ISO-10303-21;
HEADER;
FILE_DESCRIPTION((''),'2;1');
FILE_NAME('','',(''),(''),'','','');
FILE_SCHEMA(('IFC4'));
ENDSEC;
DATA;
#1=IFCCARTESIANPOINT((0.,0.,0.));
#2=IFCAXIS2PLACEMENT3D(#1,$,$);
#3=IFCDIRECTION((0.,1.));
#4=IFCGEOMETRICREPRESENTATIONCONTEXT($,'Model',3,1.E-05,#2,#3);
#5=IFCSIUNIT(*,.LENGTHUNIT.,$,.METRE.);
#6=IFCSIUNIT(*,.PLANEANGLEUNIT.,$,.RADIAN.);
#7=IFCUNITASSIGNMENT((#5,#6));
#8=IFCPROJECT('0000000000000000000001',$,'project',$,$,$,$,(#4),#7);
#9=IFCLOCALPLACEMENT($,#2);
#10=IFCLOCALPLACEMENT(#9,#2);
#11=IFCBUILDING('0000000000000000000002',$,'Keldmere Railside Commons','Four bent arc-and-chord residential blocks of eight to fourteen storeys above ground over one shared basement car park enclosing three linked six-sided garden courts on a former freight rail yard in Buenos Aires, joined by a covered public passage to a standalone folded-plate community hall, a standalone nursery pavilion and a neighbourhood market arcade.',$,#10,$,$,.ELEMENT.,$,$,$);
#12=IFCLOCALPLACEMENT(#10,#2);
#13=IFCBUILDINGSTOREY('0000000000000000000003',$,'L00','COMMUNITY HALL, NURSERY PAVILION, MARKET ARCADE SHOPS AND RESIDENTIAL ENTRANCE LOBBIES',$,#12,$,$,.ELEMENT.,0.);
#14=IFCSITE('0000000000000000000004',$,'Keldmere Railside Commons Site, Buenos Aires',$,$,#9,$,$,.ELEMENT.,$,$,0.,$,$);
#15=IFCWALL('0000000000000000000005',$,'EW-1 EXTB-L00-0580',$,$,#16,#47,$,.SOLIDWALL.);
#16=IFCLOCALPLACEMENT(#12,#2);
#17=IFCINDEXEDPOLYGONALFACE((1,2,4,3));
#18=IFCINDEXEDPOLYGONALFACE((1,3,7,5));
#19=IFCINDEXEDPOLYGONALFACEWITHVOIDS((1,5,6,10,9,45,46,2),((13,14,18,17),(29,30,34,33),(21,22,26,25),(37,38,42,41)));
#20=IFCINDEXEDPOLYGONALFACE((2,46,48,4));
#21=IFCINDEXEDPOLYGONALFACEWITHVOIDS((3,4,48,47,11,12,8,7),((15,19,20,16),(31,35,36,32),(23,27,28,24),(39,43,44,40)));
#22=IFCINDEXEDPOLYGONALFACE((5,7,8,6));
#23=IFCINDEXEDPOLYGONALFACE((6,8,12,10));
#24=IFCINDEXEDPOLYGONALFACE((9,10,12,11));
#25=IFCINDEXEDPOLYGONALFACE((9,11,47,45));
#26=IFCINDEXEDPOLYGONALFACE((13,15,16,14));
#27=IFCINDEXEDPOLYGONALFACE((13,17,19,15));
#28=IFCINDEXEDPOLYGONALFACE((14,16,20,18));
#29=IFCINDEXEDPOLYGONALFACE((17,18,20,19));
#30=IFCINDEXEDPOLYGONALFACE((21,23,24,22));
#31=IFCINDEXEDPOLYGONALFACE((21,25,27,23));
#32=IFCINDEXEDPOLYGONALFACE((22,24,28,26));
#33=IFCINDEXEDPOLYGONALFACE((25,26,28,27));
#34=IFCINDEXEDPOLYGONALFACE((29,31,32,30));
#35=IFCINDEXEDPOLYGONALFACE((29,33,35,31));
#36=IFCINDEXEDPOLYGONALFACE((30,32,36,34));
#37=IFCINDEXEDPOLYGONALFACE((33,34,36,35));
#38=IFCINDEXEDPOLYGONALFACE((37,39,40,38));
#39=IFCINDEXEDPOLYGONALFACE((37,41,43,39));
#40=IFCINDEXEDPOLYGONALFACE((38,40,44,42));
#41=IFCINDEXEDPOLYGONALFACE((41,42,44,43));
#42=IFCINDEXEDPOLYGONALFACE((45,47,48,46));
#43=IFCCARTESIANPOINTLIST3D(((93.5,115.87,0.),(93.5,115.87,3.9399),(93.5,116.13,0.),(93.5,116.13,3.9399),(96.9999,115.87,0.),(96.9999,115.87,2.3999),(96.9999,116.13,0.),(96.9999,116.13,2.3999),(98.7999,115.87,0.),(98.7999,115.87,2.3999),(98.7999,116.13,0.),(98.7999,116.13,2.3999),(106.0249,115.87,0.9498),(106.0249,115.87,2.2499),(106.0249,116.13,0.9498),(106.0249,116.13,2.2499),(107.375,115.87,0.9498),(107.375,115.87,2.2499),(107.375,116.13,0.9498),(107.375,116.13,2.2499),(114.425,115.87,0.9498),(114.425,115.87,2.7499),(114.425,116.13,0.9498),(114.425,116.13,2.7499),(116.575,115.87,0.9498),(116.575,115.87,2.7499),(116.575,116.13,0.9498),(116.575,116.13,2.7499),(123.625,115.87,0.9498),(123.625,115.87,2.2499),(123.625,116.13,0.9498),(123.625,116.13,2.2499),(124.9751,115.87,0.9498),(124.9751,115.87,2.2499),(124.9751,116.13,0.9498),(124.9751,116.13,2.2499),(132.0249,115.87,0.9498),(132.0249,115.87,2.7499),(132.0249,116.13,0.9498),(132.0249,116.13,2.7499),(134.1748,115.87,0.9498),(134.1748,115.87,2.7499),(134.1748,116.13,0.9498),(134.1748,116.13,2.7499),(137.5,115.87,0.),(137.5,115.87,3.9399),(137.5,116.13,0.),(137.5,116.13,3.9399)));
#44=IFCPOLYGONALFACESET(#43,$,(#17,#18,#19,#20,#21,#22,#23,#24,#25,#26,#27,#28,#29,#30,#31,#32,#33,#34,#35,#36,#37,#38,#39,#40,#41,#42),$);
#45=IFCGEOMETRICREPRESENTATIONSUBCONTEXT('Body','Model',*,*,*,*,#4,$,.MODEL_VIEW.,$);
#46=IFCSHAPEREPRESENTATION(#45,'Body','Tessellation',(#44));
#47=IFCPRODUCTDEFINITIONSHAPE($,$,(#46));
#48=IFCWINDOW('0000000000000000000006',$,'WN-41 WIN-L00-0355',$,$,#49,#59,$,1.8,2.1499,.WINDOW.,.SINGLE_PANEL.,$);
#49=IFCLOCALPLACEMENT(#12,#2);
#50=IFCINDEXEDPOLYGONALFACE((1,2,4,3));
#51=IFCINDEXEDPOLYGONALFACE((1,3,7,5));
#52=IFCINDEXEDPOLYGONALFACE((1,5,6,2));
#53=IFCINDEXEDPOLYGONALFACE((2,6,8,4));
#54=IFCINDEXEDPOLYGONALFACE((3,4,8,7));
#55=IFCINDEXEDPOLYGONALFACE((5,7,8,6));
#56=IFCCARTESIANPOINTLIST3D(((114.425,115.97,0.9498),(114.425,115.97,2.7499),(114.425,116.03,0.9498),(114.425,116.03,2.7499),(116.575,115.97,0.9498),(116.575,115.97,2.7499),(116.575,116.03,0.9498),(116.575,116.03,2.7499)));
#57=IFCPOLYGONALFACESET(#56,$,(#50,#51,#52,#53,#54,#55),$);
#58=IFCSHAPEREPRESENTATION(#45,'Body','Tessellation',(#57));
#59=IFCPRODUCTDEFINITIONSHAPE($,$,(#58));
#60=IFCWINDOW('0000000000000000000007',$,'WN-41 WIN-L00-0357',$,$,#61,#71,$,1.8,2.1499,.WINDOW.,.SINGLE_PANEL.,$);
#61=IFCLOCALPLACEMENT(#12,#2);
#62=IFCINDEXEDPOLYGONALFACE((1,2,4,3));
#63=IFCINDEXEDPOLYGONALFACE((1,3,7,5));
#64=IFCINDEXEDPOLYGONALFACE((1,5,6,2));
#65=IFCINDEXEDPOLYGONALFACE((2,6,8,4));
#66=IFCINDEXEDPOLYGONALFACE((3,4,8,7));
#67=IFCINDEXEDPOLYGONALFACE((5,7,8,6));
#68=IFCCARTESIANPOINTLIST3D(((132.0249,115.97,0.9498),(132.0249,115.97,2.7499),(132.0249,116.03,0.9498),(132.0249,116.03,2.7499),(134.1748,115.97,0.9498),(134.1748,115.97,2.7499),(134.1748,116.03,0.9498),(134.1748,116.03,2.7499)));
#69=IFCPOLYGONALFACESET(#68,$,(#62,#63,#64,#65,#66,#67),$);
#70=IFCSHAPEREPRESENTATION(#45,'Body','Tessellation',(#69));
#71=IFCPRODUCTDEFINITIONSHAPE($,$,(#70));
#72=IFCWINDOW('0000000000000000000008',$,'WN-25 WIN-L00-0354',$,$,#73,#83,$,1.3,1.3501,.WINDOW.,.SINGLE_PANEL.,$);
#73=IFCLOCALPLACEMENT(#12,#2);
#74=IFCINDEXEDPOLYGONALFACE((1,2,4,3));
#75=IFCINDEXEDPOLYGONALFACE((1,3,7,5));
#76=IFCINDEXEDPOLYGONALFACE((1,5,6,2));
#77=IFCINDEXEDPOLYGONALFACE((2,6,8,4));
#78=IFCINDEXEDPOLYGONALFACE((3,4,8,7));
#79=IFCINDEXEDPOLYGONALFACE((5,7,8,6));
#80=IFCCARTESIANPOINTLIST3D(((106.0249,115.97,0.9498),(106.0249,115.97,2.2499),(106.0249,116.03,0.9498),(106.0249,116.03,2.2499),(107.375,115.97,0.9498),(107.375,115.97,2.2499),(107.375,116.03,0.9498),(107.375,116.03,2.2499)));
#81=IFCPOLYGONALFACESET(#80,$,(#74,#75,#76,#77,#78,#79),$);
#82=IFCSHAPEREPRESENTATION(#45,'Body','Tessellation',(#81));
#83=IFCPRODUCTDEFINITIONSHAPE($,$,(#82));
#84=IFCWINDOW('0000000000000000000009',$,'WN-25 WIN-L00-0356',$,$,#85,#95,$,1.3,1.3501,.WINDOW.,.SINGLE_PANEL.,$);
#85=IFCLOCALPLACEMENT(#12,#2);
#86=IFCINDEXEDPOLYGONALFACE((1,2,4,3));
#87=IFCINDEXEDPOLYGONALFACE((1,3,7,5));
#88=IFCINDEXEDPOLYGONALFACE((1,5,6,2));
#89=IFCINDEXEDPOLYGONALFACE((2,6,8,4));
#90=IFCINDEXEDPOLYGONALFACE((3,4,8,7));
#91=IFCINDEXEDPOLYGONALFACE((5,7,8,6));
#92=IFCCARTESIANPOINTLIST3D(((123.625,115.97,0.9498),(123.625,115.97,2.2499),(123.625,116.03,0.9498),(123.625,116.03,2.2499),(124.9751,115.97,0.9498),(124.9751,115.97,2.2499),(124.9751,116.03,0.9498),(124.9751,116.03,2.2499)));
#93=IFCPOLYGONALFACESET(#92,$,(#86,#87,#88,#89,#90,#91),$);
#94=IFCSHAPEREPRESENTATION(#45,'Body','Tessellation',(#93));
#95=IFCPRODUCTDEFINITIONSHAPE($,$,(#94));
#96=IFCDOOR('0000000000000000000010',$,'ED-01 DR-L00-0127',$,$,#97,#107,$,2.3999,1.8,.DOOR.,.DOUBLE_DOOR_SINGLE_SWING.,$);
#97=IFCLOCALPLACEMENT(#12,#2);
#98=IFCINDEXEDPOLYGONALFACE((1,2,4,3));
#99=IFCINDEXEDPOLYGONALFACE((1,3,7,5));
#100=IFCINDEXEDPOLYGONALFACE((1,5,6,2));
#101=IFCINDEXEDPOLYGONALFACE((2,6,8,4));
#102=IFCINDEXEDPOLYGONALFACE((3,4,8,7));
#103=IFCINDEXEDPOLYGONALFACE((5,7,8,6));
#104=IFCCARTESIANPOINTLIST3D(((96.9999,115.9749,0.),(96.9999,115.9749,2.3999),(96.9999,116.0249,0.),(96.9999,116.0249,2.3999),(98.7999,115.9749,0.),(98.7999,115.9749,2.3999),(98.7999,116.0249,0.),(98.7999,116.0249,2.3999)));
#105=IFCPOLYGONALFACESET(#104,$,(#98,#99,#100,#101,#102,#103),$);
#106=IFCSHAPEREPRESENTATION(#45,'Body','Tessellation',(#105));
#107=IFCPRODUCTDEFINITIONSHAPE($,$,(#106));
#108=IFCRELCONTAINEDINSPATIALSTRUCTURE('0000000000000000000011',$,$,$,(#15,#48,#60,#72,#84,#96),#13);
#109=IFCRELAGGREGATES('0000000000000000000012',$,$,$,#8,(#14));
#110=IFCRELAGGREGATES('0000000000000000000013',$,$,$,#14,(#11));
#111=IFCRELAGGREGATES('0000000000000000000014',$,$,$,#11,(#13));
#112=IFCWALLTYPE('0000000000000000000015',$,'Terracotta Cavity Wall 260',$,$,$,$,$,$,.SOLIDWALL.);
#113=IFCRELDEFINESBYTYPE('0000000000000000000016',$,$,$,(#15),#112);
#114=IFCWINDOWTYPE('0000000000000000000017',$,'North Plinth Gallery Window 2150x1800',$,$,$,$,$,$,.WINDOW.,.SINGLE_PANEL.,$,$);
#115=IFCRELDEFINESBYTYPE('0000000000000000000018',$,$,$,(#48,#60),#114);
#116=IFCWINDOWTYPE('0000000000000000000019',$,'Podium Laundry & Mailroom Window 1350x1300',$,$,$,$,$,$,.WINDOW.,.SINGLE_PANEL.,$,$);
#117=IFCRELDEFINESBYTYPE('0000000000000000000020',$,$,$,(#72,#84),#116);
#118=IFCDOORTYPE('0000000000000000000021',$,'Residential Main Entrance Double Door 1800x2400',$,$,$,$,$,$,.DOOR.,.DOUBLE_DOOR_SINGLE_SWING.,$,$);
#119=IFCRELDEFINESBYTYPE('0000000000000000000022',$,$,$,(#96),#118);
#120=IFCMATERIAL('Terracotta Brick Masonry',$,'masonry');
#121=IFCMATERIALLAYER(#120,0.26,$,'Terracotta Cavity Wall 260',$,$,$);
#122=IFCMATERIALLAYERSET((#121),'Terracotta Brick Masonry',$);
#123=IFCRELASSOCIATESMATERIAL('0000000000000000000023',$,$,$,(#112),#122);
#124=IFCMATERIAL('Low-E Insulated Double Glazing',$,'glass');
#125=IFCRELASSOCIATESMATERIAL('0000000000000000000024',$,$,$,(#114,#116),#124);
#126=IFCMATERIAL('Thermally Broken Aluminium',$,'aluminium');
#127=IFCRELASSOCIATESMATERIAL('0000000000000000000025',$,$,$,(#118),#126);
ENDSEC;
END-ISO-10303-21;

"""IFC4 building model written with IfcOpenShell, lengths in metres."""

from ifc_helpers import new_model, si_unit, direction, frame, frame_2d, origin, place, context, subcontext, project, spatial, rectangle, extrude, material, layer, layer_set, type_object, element, fill, save


model = new_model("IFC4")

# Units and contexts
model_context = context("Model", 3, precision=1e-05, world=origin(), true_north=direction((0.0, 1.0)))
body_context = subcontext(model_context, "Body", "Model", "MODEL_VIEW")
ifc_project = project(units=[si_unit("LENGTHUNIT", "METRE"), si_unit("PLANEANGLEUNIT", "RADIAN")], contexts=[model_context])

# Site, building, storey
site_placement = place(None, origin())
site = spatial("IfcSite", under=ifc_project, at=site_placement, Name="Keldmere Railside Commons Site, Buenos Aires", CompositionType="ELEMENT", RefElevation=0.0)
building_placement = place(site_placement, origin())
building = spatial("IfcBuilding", under=site, at=building_placement, Name="Keldmere Railside Commons", Description="Four bent arc-and-chord residential blocks of eight to fourteen storeys above ground over one shared basement car park enclosing three linked six-sided garden courts on a former freight rail yard in Buenos Aires, joined by a covered public passage to a standalone folded-plate community hall, a standalone nursery pavilion and a neighbourhood market arcade.", CompositionType="ELEMENT")
storey_placement = place(building_placement, origin())
storey = spatial("IfcBuildingStorey", under=building, at=storey_placement, Name="L00", Description="COMMUNITY HALL, NURSERY PAVILION, MARKET ARCADE SHOPS AND RESIDENTIAL ENTRANCE LOBBIES", CompositionType="ELEMENT", Elevation=0.0)

# Wall, openings, windows, door
ifc_material_1 = material(Name="Terracotta Brick Masonry", Category="masonry")
ifc_layer_1 = layer(ifc_material_1, 0.26, Name="Terracotta Cavity Wall 260")
ifc_layer_set_1 = layer_set([ifc_layer_1], Name="Terracotta Brick Masonry")
wall_type_1 = type_object("IfcWallType", Name="Terracotta Cavity Wall 260", PredefinedType="SOLIDWALL", material=ifc_layer_set_1)
wall_1_placement = place(storey_placement, frame((93.5, 116.0, 0.0), z_axis=(0.0, 0.0, 1.0), x_axis=(1.0, 0.0, 0.0)))
wall_1 = element("IfcWall", 1, at=wall_1_placement, inside=storey, type_object=wall_type_1, Name="EW-1 EXTB-L00-0580", PredefinedType="SOLIDWALL", context=body_context, shape_type="SweptSolid", body=[
    extrude(rectangle(XDim=44.0, YDim=0.26, at=frame_2d((22.0, 0.0))), origin(), (0.0, 0.0, 1.0), 3.9399),
])
opening_1_placement = place(wall_1_placement, frame((3.5, 0.0, 0.0)))
opening_1 = element("IfcOpeningElement", 2, at=opening_1_placement, cuts=wall_1, PredefinedType="OPENING", context=body_context, shape_type="SweptSolid", body=[
    extrude(rectangle(XDim=1.8, YDim=2.3999, at=frame_2d((0.8999, 1.2))), frame((0.0, 0.1399, 0.0), z_axis=(0.0, -1.0, 0.0), x_axis=(1.0, 0.0, 0.0)), (0.0, 0.0, 1.0), 0.28),
])
opening_2_placement = place(wall_1_placement, frame((12.5249, 0.0, 0.95)))
opening_2 = element("IfcOpeningElement", 3, at=opening_2_placement, cuts=wall_1, PredefinedType="OPENING", context=body_context, shape_type="SweptSolid", body=[
    extrude(rectangle(XDim=1.3501, YDim=1.3, at=frame_2d((0.675, 0.6499))), frame((0.0, 0.1399, 0.0), z_axis=(0.0, -1.0, 0.0), x_axis=(1.0, 0.0, 0.0)), (0.0, 0.0, 1.0), 0.28),
])
opening_3_placement = place(wall_1_placement, frame((20.925, 0.0, 0.95)))
opening_3 = element("IfcOpeningElement", 4, at=opening_3_placement, cuts=wall_1, PredefinedType="OPENING", context=body_context, shape_type="SweptSolid", body=[
    extrude(rectangle(XDim=2.1499, YDim=1.8, at=frame_2d((1.075, 0.8999))), frame((0.0, 0.1399, 0.0), z_axis=(0.0, -1.0, 0.0), x_axis=(1.0, 0.0, 0.0)), (0.0, 0.0, 1.0), 0.28),
])
opening_4_placement = place(wall_1_placement, frame((30.125, 0.0, 0.95)))
opening_4 = element("IfcOpeningElement", 5, at=opening_4_placement, cuts=wall_1, PredefinedType="OPENING", context=body_context, shape_type="SweptSolid", body=[
    extrude(rectangle(XDim=1.3501, YDim=1.3, at=frame_2d((0.675, 0.6499))), frame((0.0, 0.1399, 0.0), z_axis=(0.0, -1.0, 0.0), x_axis=(1.0, 0.0, 0.0)), (0.0, 0.0, 1.0), 0.28),
])
opening_5_placement = place(wall_1_placement, frame((38.5249, 0.0, 0.95)))
opening_5 = element("IfcOpeningElement", 6, at=opening_5_placement, cuts=wall_1, PredefinedType="OPENING", context=body_context, shape_type="SweptSolid", body=[
    extrude(rectangle(XDim=2.1499, YDim=1.8, at=frame_2d((1.075, 0.8999))), frame((0.0, 0.1399, 0.0), z_axis=(0.0, -1.0, 0.0), x_axis=(1.0, 0.0, 0.0)), (0.0, 0.0, 1.0), 0.28),
])
ifc_material_2 = material(Name="Low-E Insulated Double Glazing", Category="glass")
window_type_1 = type_object("IfcWindowType", Name="North Plinth Gallery Window 2150x1800", PartitioningType="SINGLE_PANEL", PredefinedType="WINDOW", material=ifc_material_2)
window_1_placement = place(opening_3_placement, origin())
window_1 = element("IfcWindow", 7, at=window_1_placement, inside=storey, type_object=window_type_1, Name="WN-41 WIN-L00-0355", OverallHeight=1.8, OverallWidth=2.1499, PartitioningType="SINGLE_PANEL", PredefinedType="WINDOW", context=body_context, shape_type="SweptSolid", body=[
    extrude(rectangle(XDim=2.1499, YDim=1.8, at=frame_2d((1.075, 0.8999))), frame((0.0, 0.03, 0.0), z_axis=(0.0, -1.0, 0.0), x_axis=(1.0, 0.0, 0.0)), (0.0, 0.0, 1.0), 0.0601),
])
fill(opening_3, window_1)
window_2_placement = place(opening_5_placement, origin())
window_2 = element("IfcWindow", 8, at=window_2_placement, inside=storey, type_object=window_type_1, Name="WN-41 WIN-L00-0357", OverallHeight=1.8, OverallWidth=2.1499, PartitioningType="SINGLE_PANEL", PredefinedType="WINDOW", context=body_context, shape_type="SweptSolid", body=[
    extrude(rectangle(XDim=2.1499, YDim=1.8, at=frame_2d((1.075, 0.8999))), frame((0.0, 0.03, 0.0), z_axis=(0.0, -1.0, 0.0), x_axis=(1.0, 0.0, 0.0)), (0.0, 0.0, 1.0), 0.0601),
])
fill(opening_5, window_2)
window_type_2 = type_object("IfcWindowType", Name="Podium Laundry & Mailroom Window 1350x1300", PartitioningType="SINGLE_PANEL", PredefinedType="WINDOW", material=ifc_material_2)
window_3_placement = place(opening_2_placement, origin())
window_3 = element("IfcWindow", 9, at=window_3_placement, inside=storey, type_object=window_type_2, Name="WN-25 WIN-L00-0354", OverallHeight=1.3, OverallWidth=1.3501, PartitioningType="SINGLE_PANEL", PredefinedType="WINDOW", context=body_context, shape_type="SweptSolid", body=[
    extrude(rectangle(XDim=1.3501, YDim=1.3, at=frame_2d((0.675, 0.6499))), frame((0.0, 0.03, 0.0), z_axis=(0.0, -1.0, 0.0), x_axis=(1.0, 0.0, 0.0)), (0.0, 0.0, 1.0), 0.0601),
])
fill(opening_2, window_3)
window_4_placement = place(opening_4_placement, origin())
window_4 = element("IfcWindow", 10, at=window_4_placement, inside=storey, type_object=window_type_2, Name="WN-25 WIN-L00-0356", OverallHeight=1.3, OverallWidth=1.3501, PartitioningType="SINGLE_PANEL", PredefinedType="WINDOW", context=body_context, shape_type="SweptSolid", body=[
    extrude(rectangle(XDim=1.3501, YDim=1.3, at=frame_2d((0.675, 0.6499))), frame((0.0, 0.03, 0.0), z_axis=(0.0, -1.0, 0.0), x_axis=(1.0, 0.0, 0.0)), (0.0, 0.0, 1.0), 0.0601),
])
fill(opening_4, window_4)
ifc_material_3 = material(Name="Thermally Broken Aluminium", Category="aluminium")
door_type_1 = type_object("IfcDoorType", Name="Residential Main Entrance Double Door 1800x2400", OperationType="DOUBLE_DOOR_SINGLE_SWING", PredefinedType="DOOR", material=ifc_material_3)
door_1_placement = place(opening_1_placement, origin())
door_1 = element("IfcDoor", 11, at=door_1_placement, inside=storey, type_object=door_type_1, Name="ED-01 DR-L00-0127", OperationType="DOUBLE_DOOR_SINGLE_SWING", OverallHeight=2.3999, OverallWidth=1.8, PredefinedType="DOOR", context=body_context, shape_type="SweptSolid", body=[
    extrude(rectangle(XDim=1.8, YDim=2.3999, at=frame_2d((0.8999, 1.2))), frame((0.0, 0.0249, 0.0), z_axis=(0.0, -1.0, 0.0), x_axis=(1.0, 0.0, 0.0)), (0.0, 0.0, 1.0), 0.05),
])
fill(opening_1, door_1)

save(model, "model.ifc")
